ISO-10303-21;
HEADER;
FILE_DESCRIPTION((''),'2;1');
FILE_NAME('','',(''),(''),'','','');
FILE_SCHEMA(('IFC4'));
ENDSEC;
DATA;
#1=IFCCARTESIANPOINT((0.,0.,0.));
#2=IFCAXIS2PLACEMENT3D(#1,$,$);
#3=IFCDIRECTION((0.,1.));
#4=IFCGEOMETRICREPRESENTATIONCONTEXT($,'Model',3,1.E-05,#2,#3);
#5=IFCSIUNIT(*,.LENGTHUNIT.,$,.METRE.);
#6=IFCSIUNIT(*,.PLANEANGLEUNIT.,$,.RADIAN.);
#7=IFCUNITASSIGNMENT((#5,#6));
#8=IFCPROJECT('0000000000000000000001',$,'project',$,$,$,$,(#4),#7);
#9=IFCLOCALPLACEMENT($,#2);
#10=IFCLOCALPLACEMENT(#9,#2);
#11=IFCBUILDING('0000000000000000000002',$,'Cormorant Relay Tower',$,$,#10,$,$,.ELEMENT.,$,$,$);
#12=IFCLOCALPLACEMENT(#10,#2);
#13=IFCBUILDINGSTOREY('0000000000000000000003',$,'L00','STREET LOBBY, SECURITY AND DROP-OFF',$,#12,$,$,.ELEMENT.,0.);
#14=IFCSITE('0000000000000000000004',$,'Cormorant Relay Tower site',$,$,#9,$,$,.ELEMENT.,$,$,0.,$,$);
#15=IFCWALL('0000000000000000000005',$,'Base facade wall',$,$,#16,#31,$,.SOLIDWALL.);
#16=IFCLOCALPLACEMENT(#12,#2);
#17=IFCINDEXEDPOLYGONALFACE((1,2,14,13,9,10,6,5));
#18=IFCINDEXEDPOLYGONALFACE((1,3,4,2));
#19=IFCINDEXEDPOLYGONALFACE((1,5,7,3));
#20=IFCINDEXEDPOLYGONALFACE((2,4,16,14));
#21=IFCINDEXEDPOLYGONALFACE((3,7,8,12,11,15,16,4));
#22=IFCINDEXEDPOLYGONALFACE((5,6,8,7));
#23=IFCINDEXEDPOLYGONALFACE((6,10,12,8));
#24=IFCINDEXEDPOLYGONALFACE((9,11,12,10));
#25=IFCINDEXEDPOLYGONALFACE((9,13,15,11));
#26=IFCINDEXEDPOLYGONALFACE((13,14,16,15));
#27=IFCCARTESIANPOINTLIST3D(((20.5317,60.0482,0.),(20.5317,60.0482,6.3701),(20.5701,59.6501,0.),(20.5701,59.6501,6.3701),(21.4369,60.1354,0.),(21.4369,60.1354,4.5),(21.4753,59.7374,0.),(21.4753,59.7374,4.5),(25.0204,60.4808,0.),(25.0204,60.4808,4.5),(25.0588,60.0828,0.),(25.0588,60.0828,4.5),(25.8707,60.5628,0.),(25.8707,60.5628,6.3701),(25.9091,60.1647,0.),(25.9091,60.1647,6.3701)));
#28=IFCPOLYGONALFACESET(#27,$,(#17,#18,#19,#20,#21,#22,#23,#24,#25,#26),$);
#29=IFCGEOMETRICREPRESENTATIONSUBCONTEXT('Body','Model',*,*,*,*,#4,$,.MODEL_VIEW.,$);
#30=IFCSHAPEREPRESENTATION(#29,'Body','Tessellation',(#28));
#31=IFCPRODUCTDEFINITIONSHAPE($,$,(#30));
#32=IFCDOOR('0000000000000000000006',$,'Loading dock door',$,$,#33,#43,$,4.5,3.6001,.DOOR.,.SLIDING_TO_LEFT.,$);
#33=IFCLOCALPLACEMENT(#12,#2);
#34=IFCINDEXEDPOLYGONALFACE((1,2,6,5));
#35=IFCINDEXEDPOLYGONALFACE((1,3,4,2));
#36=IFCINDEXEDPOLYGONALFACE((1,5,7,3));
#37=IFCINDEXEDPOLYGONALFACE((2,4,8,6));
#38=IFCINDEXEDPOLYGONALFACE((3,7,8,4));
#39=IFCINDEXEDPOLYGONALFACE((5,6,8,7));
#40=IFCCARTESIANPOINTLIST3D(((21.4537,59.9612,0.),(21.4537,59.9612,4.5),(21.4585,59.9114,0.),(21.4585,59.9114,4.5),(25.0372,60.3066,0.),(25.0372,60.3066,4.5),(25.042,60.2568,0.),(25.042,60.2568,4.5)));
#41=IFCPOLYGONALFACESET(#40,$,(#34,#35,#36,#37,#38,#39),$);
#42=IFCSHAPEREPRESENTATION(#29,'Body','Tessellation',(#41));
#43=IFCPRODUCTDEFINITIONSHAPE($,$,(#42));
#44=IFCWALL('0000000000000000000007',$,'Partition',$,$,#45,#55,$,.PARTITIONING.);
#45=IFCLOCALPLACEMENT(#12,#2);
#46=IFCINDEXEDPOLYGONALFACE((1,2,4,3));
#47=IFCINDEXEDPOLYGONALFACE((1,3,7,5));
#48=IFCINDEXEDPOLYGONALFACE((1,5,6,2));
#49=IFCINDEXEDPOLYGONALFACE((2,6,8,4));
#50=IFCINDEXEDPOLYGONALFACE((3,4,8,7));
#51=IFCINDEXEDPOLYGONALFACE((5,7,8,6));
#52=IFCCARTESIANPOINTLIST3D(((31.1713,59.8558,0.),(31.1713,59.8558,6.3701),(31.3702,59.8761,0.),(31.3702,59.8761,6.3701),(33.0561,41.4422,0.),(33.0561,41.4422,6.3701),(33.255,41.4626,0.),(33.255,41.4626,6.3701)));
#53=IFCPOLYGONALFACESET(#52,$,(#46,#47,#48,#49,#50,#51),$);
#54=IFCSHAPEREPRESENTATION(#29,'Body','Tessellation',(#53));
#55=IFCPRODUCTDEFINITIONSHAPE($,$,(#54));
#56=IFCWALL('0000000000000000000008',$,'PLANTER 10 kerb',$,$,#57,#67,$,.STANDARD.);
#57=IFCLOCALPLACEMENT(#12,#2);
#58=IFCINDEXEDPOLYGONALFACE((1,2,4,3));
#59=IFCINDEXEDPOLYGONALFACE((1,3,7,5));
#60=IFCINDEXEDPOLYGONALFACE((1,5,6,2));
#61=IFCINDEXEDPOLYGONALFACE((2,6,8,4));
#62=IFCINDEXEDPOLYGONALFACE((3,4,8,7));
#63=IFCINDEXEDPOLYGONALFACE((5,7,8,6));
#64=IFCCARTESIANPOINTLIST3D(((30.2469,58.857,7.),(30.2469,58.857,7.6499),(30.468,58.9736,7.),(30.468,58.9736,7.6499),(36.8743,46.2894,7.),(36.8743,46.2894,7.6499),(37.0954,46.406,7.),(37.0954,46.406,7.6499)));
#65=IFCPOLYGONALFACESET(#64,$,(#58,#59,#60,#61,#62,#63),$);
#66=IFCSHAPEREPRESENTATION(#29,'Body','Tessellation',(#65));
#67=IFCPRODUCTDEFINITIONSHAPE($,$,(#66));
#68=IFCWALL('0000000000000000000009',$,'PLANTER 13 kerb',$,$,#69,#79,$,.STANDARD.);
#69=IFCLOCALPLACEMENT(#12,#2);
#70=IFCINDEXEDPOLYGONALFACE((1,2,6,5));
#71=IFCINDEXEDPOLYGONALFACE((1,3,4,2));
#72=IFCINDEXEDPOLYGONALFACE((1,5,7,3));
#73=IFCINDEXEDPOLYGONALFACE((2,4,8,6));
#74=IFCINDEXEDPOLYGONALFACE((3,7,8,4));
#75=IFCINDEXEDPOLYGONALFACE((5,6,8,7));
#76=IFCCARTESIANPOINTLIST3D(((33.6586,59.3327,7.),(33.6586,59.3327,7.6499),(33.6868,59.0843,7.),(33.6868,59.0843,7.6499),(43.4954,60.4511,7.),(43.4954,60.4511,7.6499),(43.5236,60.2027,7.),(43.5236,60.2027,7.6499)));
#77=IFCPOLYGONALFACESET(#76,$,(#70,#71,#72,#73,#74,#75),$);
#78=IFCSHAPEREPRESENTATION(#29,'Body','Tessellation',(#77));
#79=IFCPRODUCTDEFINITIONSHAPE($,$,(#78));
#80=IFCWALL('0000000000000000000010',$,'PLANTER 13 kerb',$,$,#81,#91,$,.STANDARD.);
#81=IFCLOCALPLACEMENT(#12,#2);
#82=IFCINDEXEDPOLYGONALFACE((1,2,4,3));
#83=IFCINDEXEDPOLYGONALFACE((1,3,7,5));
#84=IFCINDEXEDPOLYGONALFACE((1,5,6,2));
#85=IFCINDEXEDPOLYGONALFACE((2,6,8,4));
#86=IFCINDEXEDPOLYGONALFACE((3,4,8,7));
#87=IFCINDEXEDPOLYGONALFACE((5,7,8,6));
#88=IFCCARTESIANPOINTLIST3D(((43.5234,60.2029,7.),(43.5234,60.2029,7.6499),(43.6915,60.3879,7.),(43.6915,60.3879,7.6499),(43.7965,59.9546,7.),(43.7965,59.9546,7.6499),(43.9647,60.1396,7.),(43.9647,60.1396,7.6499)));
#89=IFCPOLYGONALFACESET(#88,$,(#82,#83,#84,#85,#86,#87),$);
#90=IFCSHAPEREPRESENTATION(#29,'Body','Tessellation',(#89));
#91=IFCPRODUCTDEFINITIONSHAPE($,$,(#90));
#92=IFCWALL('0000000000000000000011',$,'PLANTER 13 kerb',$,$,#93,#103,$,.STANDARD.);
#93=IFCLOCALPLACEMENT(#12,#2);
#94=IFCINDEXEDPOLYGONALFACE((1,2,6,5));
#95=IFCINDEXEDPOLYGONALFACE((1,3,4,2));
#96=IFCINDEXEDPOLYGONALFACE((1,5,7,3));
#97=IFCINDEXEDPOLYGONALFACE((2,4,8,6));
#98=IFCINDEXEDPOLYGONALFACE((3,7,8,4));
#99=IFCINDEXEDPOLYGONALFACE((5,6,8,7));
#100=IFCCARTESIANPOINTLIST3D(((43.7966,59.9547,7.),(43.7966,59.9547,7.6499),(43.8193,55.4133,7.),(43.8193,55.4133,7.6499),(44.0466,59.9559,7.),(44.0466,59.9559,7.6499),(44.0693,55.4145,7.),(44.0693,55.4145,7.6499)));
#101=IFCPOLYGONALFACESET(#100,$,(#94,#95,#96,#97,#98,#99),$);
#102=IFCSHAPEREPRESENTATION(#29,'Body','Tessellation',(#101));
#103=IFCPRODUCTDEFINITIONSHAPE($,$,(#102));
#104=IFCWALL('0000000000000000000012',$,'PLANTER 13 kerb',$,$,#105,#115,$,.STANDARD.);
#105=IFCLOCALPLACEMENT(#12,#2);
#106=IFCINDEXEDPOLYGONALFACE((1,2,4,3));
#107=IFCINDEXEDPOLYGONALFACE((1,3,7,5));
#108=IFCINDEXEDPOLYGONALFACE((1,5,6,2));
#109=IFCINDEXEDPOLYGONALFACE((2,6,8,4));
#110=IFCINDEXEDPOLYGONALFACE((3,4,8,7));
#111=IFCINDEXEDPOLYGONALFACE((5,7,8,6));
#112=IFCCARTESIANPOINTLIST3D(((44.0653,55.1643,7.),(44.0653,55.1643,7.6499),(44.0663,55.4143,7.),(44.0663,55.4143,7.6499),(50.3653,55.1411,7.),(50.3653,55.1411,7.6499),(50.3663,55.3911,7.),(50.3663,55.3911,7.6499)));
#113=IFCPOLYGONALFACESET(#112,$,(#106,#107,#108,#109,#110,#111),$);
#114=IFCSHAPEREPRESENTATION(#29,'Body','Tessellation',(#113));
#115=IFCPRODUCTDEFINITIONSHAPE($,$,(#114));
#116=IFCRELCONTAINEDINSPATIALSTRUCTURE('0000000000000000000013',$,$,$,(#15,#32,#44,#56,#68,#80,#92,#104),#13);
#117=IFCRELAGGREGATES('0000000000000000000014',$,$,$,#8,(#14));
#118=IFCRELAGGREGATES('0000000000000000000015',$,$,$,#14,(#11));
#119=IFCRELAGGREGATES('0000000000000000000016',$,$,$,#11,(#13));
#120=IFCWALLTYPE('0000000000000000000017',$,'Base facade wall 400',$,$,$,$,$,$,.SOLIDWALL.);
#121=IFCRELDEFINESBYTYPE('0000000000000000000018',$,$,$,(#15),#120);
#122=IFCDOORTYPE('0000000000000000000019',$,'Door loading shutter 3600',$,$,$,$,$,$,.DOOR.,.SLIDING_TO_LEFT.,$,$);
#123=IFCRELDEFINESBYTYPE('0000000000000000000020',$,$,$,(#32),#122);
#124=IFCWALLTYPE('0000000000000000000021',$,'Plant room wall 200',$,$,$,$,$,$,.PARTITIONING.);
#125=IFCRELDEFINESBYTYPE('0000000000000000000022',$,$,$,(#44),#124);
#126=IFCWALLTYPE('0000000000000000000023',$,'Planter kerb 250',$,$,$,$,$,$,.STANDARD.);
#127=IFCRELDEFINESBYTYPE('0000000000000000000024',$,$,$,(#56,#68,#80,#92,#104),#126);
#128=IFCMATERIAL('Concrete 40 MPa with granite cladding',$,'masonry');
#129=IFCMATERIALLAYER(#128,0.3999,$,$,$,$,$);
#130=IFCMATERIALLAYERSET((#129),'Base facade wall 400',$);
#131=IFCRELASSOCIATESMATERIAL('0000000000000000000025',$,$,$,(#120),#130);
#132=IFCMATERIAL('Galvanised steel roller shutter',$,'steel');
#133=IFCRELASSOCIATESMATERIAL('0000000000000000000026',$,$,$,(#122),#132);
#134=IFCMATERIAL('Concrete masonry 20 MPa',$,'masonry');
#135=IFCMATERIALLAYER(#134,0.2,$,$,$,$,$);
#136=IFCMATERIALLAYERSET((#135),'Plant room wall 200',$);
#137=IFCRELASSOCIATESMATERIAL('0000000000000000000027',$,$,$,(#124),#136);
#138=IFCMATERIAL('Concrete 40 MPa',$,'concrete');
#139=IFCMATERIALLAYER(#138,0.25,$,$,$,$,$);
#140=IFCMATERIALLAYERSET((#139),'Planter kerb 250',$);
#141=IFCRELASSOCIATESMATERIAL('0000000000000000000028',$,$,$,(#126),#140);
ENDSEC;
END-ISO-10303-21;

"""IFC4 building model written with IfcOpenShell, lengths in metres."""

from ifc_helpers import new_model, si_unit, direction, frame, frame_2d, origin, place, context, subcontext, project, spatial, rectangle, extrude, material, layer, layer_set, type_object, element, fill, save


model = new_model("IFC4")

# Units and contexts
model_context = context("Model", 3, precision=1e-05, world=origin(), true_north=direction((0.0, 1.0)))
body_context = subcontext(model_context, "Body", "Model", "MODEL_VIEW")
ifc_project = project(units=[si_unit("LENGTHUNIT", "METRE"), si_unit("PLANEANGLEUNIT", "RADIAN")], contexts=[model_context])

# Site, building, storey
site_placement = place(None, origin())
site = spatial("IfcSite", under=ifc_project, at=site_placement, Name="Cormorant Relay Tower site", CompositionType="ELEMENT", RefElevation=0.0)
building_placement = place(site_placement, origin())
building = spatial("IfcBuilding", under=site, at=building_placement, Name="Cormorant Relay Tower", CompositionType="ELEMENT")
storey_placement = place(building_placement, origin())
storey = spatial("IfcBuildingStorey", under=building, at=storey_placement, Name="L00", Description="STREET LOBBY, SECURITY AND DROP-OFF", CompositionType="ELEMENT", Elevation=0.0)

# Wall, opening, door
ifc_material_1 = material(Name="Concrete 40 MPa with granite cladding", Category="masonry")
ifc_layer_1 = layer(ifc_material_1, 0.3999)
ifc_layer_set_1 = layer_set([ifc_layer_1], Name="Base facade wall 400")
wall_type_1 = type_object("IfcWallType", Name="Base facade wall 400", PredefinedType="SOLIDWALL", material=ifc_layer_set_1)
wall_1_placement = place(storey_placement, frame((25.8899, 60.3638, 0.0), z_axis=(0.0, 0.0, 1.0), x_axis=(-0.995386, -0.095947, 0.0)))
wall_1 = element("IfcWall", 1, at=wall_1_placement, inside=storey, type_object=wall_type_1, Name="Base facade wall", PredefinedType="SOLIDWALL", context=body_context, shape_type="SweptSolid", body=[
    extrude(rectangle(XDim=5.3638, YDim=0.3999, at=frame_2d((2.6819, 0.0))), origin(), (0.0, 0.0, 1.0), 6.3701),
])
opening_1_placement = place(wall_1_placement, frame((0.8542, 0.0, 0.0)))
opening_1 = element("IfcOpeningElement", 2, at=opening_1_placement, cuts=wall_1, PredefinedType="OPENING", context=body_context, shape_type="SweptSolid", body=[
    extrude(rectangle(XDim=3.6001, YDim=4.5, at=frame_2d((1.8, 2.25))), frame((0.0, 0.21, 0.0), z_axis=(0.0, -1.0, 0.0), x_axis=(1.0, 0.0, 0.0)), (0.0, 0.0, 1.0), 0.4199),
])
ifc_material_2 = material(Name="Galvanised steel roller shutter", Category="steel")
door_type_1 = type_object("IfcDoorType", Name="Door loading shutter 3600", OperationType="SLIDING_TO_LEFT", PredefinedType="DOOR", material=ifc_material_2)
door_1_placement = place(opening_1_placement, frame((3.6001, 0.0, 0.0), z_axis=(0.0, 0.0, 1.0), x_axis=(-1.0, 0.0, 0.0)))
door_1 = element("IfcDoor", 3, at=door_1_placement, inside=storey, type_object=door_type_1, Name="Loading dock door", OperationType="SLIDING_TO_LEFT", OverallHeight=4.5, OverallWidth=3.6001, PredefinedType="DOOR", context=body_context, shape_type="SweptSolid", body=[
    extrude(rectangle(XDim=3.6001, YDim=4.5, at=frame_2d((1.8, 2.25))), frame((0.0, 0.0249, 0.0), z_axis=(0.0, -1.0, 0.0), x_axis=(1.0, 0.0, 0.0)), (0.0, 0.0, 1.0), 0.05),
])
fill(opening_1, door_1)

# Walls
ifc_material_3 = material(Name="Concrete masonry 20 MPa", Category="masonry")
ifc_layer_2 = layer(ifc_material_3, 0.2)
ifc_layer_set_2 = layer_set([ifc_layer_2], Name="Plant room wall 200")
wall_type_2 = type_object("IfcWallType", Name="Plant room wall 200", PredefinedType="PARTITIONING", material=ifc_layer_set_2)
wall_2_placement = place(storey_placement, frame((31.2708, 59.866, 0.0), z_axis=(0.0, 0.0, 1.0), x_axis=(0.101825, -0.994802, 0.0)))
element("IfcWall", 4, at=wall_2_placement, inside=storey, type_object=wall_type_2, Name="Partition", PredefinedType="PARTITIONING", context=body_context, shape_type="SweptSolid", body=[
    extrude(rectangle(XDim=18.5098, YDim=0.2, at=frame_2d((9.2549, 0.0))), origin(), (0.0, 0.0, 1.0), 6.3701),
])
ifc_material_4 = material(Name="Concrete 40 MPa", Category="concrete")
ifc_layer_3 = layer(ifc_material_4, 0.25)
ifc_layer_set_3 = layer_set([ifc_layer_3], Name="Planter kerb 250")
wall_type_3 = type_object("IfcWallType", Name="Planter kerb 250", PredefinedType="STANDARD", material=ifc_layer_set_3)
wall_3_placement = place(storey_placement, frame((30.3574, 58.9153, 7.0), z_axis=(0.0, 0.0, 1.0), x_axis=(0.466457, -0.884544, 0.0)))
element("IfcWall", 5, at=wall_3_placement, inside=storey, type_object=wall_type_3, Name="PLANTER 10 kerb", PredefinedType="STANDARD", context=body_context, shape_type="SweptSolid", body=[
    extrude(rectangle(XDim=14.208, YDim=0.25, at=frame_2d((7.104, 0.0))), origin(), (0.0, 0.0, 1.0), 0.6499),
])
wall_4_placement = place(storey_placement, frame((33.6726, 59.2085, 7.0), z_axis=(0.0, 0.0, 1.0), x_axis=(0.993598, 0.11297, 0.0)))
element("IfcWall", 6, at=wall_4_placement, inside=storey, type_object=wall_type_3, Name="PLANTER 13 kerb", PredefinedType="STANDARD", context=body_context, shape_type="SweptSolid", body=[
    extrude(rectangle(XDim=9.9001, YDim=0.25, at=frame_2d((4.9502, 0.0))), origin(), (0.0, 0.0, 1.0), 0.6499),
])
wall_5_placement = place(storey_placement, frame((43.6074, 60.2954, 7.0), z_axis=(0.0, 0.0, 1.0), x_axis=(0.74003, -0.672574, 0.0)))
element("IfcWall", 7, at=wall_5_placement, inside=storey, type_object=wall_type_3, Name="PLANTER 13 kerb", PredefinedType="STANDARD", context=body_context, shape_type="SweptSolid", body=[
    extrude(rectangle(XDim=0.3691, YDim=0.25, at=frame_2d((0.1846, 0.0))), origin(), (0.0, 0.0, 1.0), 0.6499),
])
wall_6_placement = place(storey_placement, frame((43.9216, 59.9553, 7.0), z_axis=(0.0, 0.0, 1.0), x_axis=(0.004999, -0.999988, 0.0)))
element("IfcWall", 8, at=wall_6_placement, inside=storey, type_object=wall_type_3, Name="PLANTER 13 kerb", PredefinedType="STANDARD", context=body_context, shape_type="SweptSolid", body=[
    extrude(rectangle(XDim=4.5415, YDim=0.25, at=frame_2d((2.2708, 0.0))), origin(), (0.0, 0.0, 1.0), 0.6499),
])
wall_7_placement = place(storey_placement, frame((44.0659, 55.2893, 7.0), z_axis=(0.0, 0.0, 1.0), x_axis=(0.999993, -0.003681, 0.0)))
element("IfcWall", 9, at=wall_7_placement, inside=storey, type_object=wall_type_3, Name="PLANTER 13 kerb", PredefinedType="STANDARD", context=body_context, shape_type="SweptSolid", body=[
    extrude(rectangle(XDim=6.3, YDim=0.25, at=frame_2d((3.1499, 0.0))), origin(), (0.0, 0.0, 1.0), 0.6499),
])

save(model, "model.ifc")
